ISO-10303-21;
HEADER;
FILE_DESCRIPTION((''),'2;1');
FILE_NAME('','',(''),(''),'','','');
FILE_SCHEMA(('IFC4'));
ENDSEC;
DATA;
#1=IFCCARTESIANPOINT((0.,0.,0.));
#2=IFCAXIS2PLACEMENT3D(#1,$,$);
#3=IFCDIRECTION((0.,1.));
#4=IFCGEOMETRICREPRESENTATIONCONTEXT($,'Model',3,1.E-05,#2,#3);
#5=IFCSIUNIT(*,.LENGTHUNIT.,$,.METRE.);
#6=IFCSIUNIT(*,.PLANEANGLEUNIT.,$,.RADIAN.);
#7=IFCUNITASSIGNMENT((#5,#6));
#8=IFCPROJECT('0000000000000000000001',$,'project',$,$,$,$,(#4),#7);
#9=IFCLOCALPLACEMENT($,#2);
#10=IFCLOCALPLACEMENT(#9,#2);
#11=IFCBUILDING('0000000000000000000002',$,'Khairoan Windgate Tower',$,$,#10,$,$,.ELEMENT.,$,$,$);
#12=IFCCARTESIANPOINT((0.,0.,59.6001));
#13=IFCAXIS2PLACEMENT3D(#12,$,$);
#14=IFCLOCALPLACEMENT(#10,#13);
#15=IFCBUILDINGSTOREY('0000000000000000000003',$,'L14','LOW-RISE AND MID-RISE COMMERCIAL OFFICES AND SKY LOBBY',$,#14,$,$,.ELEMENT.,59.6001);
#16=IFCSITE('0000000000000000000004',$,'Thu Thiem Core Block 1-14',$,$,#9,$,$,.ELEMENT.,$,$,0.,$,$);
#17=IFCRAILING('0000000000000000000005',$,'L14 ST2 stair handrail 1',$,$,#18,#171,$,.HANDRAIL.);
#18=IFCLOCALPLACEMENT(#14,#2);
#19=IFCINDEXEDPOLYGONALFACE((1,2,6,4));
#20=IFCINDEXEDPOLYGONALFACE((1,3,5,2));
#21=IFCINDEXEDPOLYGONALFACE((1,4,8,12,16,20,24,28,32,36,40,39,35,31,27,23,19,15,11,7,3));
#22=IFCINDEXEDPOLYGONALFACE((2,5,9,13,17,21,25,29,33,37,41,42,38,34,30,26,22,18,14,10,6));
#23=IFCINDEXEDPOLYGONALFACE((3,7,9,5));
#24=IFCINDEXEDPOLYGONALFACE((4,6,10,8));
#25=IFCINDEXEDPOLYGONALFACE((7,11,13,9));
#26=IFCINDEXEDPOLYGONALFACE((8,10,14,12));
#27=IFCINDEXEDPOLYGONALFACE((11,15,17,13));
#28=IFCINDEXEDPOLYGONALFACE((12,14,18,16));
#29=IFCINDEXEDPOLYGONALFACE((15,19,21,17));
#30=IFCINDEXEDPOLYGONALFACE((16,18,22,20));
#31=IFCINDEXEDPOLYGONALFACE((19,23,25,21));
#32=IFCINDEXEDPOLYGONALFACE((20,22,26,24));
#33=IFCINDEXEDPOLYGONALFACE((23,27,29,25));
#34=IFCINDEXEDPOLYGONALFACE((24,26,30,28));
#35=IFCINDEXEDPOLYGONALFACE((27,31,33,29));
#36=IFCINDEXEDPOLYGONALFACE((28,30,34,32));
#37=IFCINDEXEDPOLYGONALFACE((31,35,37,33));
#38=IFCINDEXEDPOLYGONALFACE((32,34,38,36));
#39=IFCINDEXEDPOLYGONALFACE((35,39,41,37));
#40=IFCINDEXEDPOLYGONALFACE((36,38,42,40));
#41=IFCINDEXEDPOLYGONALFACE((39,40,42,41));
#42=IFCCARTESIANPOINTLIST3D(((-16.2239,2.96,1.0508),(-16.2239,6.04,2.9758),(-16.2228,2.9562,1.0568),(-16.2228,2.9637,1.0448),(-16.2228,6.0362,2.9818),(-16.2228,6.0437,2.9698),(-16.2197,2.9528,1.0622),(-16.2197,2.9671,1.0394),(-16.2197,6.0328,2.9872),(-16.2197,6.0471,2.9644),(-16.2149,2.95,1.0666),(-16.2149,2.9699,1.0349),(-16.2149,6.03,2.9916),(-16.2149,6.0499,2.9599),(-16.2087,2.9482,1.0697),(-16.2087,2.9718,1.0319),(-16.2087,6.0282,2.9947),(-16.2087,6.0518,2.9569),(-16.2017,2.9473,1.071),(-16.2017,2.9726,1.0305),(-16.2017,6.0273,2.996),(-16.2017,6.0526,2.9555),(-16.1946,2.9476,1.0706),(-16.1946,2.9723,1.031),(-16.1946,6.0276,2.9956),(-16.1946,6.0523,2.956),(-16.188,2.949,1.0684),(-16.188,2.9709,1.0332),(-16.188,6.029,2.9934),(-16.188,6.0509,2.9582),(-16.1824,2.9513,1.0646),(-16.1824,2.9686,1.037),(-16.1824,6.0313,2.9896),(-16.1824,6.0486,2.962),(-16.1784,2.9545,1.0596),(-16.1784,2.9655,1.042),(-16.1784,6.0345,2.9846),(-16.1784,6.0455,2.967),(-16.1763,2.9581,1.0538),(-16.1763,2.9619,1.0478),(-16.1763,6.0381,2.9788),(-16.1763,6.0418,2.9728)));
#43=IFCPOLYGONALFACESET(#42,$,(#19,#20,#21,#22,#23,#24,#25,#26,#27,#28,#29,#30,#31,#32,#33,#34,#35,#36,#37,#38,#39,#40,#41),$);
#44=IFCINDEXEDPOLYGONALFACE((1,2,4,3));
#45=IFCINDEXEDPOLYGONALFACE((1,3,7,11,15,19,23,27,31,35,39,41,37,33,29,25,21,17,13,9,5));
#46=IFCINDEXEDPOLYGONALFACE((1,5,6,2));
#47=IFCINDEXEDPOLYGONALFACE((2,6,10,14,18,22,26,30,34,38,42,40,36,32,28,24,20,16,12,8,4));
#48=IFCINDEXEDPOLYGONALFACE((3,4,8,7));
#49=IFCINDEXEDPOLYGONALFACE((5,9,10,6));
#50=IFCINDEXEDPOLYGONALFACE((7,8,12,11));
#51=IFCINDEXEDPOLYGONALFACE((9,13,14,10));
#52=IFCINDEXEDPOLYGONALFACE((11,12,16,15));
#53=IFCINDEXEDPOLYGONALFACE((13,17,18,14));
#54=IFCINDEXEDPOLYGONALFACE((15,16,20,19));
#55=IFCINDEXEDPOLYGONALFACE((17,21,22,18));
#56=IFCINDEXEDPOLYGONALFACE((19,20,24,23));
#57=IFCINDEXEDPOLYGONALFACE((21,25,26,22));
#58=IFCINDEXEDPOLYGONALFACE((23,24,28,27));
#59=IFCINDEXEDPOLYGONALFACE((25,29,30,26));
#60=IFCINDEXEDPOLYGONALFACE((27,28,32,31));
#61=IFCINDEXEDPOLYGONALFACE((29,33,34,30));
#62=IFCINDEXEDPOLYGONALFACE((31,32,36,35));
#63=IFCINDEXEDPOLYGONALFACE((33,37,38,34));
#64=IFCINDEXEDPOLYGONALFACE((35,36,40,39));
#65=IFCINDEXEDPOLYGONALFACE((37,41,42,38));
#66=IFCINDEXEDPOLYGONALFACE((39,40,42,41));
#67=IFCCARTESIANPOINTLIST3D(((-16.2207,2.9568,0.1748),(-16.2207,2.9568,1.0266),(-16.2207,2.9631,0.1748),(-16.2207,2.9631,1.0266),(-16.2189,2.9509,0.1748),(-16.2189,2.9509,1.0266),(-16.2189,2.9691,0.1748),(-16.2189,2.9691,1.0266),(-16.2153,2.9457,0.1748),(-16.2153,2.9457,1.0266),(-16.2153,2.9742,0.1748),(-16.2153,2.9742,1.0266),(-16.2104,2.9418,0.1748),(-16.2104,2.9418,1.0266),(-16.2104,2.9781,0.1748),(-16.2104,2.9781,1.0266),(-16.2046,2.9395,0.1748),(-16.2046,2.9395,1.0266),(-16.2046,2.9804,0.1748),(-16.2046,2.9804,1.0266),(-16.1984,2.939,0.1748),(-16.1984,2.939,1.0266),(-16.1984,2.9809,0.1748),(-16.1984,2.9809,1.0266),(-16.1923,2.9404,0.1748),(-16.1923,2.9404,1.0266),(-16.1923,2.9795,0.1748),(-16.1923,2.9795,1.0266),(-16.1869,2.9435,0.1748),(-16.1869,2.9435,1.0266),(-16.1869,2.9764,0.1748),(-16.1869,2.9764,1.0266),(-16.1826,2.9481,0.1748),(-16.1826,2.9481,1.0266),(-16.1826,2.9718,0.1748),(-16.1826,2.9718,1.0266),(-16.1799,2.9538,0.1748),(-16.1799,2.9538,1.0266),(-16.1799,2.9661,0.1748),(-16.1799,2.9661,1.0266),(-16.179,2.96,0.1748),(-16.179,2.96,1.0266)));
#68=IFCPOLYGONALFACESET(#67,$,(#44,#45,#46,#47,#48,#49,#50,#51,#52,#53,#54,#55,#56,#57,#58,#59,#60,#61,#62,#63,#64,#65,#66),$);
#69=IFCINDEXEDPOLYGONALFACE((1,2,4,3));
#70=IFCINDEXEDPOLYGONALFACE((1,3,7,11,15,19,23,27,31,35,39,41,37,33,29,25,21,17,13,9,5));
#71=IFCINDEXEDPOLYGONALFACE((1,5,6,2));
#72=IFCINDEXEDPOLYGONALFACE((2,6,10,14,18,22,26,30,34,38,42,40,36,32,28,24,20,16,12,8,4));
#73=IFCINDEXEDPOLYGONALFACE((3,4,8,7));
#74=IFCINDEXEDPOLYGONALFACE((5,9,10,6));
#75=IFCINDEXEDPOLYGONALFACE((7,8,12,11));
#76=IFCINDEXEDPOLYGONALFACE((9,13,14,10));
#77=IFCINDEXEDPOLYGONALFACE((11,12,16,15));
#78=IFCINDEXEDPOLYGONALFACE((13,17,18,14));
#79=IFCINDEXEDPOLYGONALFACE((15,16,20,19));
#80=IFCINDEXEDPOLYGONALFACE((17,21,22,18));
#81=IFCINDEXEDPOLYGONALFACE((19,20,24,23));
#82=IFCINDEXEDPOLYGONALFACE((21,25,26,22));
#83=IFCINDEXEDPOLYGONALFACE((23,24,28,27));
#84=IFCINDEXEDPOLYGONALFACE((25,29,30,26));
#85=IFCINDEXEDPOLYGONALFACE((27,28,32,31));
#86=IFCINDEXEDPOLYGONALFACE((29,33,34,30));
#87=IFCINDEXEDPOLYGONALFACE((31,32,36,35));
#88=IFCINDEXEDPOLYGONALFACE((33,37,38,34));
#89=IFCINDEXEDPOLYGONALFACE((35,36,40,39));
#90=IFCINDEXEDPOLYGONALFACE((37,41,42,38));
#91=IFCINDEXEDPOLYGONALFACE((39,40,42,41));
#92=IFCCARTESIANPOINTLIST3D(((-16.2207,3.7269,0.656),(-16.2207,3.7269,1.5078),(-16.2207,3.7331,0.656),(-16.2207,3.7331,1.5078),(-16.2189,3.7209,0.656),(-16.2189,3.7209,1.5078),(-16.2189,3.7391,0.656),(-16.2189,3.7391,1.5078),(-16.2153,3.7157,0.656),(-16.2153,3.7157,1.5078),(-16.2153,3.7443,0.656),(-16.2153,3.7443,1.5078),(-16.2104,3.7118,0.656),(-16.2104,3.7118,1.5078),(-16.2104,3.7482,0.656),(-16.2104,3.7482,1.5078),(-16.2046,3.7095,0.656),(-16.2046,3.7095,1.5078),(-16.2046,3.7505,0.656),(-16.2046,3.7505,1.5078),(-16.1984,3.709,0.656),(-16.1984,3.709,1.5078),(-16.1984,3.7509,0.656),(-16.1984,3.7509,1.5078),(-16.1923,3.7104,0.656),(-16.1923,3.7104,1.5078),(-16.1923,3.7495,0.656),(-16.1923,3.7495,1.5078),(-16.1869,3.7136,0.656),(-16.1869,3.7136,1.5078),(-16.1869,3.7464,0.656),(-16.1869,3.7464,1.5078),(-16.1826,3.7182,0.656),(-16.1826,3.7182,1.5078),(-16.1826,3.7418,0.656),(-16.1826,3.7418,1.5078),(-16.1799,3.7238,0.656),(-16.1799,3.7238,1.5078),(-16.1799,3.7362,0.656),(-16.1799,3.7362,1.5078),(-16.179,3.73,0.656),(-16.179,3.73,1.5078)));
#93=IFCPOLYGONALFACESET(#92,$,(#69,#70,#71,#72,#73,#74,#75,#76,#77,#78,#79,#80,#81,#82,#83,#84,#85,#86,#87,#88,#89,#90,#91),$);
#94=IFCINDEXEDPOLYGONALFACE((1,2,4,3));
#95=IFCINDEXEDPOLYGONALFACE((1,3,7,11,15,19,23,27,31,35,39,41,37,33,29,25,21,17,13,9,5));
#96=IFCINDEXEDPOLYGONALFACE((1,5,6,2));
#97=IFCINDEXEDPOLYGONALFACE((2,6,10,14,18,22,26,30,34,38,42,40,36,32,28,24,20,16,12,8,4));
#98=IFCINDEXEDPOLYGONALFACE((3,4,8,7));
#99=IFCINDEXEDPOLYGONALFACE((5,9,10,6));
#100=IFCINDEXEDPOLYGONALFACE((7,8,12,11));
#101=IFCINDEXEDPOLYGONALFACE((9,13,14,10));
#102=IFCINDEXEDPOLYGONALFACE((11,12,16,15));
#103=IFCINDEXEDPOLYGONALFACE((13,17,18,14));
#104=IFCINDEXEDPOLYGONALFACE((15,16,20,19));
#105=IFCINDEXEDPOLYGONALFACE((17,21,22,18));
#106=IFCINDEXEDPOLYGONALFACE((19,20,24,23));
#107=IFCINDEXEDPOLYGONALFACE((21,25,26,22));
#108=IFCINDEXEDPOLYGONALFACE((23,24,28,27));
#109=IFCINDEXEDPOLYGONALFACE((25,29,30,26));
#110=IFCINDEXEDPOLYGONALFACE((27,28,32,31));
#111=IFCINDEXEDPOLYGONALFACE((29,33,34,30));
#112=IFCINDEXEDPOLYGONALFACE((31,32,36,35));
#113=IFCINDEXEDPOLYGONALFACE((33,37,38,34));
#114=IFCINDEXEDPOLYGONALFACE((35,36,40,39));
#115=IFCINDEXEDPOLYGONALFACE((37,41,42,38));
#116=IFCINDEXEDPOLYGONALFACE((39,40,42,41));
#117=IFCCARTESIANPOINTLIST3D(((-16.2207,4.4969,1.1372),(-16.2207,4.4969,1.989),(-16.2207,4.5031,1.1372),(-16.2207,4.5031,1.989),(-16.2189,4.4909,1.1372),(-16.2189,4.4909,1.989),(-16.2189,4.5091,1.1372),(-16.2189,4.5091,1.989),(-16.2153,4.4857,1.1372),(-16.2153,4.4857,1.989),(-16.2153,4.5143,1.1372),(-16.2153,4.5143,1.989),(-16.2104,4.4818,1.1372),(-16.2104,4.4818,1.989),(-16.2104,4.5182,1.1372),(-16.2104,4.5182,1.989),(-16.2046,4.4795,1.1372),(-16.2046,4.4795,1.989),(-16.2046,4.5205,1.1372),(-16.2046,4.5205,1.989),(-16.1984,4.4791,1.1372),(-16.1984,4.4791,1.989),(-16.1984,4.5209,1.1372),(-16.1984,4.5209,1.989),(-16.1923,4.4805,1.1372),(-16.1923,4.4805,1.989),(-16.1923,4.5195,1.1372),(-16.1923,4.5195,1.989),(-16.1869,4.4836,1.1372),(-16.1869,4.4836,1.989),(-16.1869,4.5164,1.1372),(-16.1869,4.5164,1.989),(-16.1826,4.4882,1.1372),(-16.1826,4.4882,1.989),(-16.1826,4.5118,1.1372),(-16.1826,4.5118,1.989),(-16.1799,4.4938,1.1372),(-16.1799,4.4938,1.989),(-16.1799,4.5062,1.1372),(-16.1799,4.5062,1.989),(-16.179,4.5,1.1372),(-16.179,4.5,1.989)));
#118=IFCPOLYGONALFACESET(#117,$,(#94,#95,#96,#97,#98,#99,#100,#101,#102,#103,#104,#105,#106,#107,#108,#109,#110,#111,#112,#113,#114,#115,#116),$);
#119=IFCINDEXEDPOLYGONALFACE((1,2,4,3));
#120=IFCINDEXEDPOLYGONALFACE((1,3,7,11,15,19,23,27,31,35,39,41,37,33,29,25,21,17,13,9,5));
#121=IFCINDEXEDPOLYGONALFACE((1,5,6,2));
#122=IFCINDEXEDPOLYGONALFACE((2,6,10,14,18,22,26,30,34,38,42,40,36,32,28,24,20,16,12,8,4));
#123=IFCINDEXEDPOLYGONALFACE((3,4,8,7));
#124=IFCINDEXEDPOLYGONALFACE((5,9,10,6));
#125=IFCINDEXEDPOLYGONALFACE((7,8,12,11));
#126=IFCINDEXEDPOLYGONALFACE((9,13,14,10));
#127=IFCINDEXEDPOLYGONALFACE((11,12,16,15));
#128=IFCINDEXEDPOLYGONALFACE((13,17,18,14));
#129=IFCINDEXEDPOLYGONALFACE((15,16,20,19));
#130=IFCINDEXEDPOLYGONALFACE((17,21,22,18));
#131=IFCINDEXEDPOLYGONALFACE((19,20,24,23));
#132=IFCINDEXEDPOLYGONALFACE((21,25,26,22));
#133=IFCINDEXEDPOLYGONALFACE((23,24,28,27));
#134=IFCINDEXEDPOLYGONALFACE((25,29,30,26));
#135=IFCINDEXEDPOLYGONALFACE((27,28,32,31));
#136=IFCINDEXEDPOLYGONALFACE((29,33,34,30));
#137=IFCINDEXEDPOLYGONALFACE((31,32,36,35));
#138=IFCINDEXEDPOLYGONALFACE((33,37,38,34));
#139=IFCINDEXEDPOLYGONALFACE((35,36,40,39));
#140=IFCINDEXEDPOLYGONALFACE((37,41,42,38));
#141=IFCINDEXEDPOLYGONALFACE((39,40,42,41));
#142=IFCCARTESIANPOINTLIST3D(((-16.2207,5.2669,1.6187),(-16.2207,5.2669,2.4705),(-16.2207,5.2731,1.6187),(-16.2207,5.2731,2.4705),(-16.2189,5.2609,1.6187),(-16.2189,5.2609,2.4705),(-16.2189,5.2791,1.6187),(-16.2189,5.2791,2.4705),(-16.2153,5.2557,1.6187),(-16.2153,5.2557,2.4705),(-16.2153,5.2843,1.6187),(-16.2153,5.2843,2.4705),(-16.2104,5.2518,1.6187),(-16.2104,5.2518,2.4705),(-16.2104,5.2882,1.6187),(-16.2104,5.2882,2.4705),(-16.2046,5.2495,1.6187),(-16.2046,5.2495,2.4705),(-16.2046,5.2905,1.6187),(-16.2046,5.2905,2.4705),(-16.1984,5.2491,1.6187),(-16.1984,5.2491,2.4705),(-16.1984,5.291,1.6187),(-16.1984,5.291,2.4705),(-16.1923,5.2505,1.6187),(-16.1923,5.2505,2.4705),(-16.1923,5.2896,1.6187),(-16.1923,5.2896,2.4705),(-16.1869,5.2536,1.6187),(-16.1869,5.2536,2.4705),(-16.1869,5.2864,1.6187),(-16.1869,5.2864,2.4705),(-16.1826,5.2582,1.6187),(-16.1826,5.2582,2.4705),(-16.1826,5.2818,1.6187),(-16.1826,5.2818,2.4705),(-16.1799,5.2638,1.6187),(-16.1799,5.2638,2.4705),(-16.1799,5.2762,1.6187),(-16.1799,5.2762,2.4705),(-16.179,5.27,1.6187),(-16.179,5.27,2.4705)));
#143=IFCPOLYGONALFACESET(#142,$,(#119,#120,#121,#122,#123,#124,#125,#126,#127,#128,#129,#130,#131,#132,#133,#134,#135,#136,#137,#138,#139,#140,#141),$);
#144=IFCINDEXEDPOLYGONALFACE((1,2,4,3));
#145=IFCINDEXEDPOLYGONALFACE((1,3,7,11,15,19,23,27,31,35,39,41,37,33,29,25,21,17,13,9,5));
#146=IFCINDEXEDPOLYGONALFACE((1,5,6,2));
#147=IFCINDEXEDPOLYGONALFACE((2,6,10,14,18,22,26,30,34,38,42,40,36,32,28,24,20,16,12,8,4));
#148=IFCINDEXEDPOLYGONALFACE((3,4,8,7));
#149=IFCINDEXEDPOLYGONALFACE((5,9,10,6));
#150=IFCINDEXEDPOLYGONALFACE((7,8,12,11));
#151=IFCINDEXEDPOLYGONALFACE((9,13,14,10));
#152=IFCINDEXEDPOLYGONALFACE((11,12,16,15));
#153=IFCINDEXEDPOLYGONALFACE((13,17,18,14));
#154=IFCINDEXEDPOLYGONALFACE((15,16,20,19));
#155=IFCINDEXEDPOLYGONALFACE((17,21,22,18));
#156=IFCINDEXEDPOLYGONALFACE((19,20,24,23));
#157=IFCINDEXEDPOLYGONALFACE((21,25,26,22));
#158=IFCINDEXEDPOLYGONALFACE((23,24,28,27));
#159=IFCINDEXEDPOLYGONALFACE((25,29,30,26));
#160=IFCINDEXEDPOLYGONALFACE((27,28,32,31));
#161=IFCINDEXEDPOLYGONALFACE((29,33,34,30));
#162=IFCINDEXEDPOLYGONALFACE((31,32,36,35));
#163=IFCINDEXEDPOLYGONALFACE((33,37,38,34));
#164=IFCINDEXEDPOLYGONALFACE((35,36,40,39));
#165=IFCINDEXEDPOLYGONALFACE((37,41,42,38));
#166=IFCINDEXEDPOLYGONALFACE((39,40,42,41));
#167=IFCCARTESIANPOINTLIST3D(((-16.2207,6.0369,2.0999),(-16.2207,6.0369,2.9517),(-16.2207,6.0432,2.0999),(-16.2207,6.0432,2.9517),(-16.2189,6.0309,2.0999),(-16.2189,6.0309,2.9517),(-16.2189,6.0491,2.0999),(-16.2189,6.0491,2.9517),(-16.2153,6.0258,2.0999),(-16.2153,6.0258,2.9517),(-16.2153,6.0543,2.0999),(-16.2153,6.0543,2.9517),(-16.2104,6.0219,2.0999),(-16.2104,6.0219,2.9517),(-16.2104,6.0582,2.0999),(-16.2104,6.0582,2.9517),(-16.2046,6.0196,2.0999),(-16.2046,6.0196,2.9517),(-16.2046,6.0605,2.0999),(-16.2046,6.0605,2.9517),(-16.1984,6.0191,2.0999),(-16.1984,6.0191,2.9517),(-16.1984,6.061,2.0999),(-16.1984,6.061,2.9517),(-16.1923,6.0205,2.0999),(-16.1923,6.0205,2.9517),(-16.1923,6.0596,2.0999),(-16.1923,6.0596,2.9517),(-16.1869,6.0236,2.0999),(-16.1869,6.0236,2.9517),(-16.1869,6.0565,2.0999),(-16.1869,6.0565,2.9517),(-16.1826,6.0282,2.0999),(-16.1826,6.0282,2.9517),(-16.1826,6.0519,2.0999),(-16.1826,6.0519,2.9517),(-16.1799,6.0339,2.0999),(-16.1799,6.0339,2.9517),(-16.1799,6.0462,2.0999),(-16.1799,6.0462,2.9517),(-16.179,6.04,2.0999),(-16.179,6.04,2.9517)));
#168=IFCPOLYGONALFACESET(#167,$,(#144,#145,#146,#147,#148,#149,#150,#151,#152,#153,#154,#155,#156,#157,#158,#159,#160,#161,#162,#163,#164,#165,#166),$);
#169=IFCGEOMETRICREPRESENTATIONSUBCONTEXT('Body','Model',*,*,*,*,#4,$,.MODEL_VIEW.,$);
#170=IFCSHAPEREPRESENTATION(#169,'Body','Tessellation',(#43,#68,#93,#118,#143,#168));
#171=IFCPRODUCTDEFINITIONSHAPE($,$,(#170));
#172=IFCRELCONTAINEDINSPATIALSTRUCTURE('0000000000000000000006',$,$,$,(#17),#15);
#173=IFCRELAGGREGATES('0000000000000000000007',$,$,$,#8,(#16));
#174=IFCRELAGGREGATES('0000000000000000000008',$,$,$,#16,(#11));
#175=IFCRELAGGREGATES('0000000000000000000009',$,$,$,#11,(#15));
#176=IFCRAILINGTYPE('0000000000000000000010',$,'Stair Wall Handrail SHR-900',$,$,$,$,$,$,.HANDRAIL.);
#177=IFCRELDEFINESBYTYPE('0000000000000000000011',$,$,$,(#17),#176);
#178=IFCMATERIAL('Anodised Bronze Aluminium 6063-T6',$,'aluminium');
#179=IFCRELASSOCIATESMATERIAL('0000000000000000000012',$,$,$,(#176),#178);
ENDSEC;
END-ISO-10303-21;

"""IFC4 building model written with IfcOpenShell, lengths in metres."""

from ifc_helpers import new_model, si_unit, direction, frame, origin, origin_2d, place, context, subcontext, project, spatial, circle, extrude, material, type_object, element, save


model = new_model("IFC4")

# Units and contexts
model_context = context("Model", 3, precision=1e-05, world=origin(), true_north=direction((0.0, 1.0)))
body_context = subcontext(model_context, "Body", "Model", "MODEL_VIEW")
ifc_project = project(units=[si_unit("LENGTHUNIT", "METRE"), si_unit("PLANEANGLEUNIT", "RADIAN")], contexts=[model_context])

# Site, building, storey
site_placement = place(None, origin())
site = spatial("IfcSite", under=ifc_project, at=site_placement, Name="Thu Thiem Core Block 1-14", CompositionType="ELEMENT", RefElevation=0.0)
building_placement = place(site_placement, origin())
building = spatial("IfcBuilding", under=site, at=building_placement, Name="Khairoan Windgate Tower", CompositionType="ELEMENT")
storey_placement = place(building_placement, frame((0.0, 0.0, 59.6001)))
storey = spatial("IfcBuildingStorey", under=building, at=storey_placement, Name="L14", Description="LOW-RISE AND MID-RISE COMMERCIAL OFFICES AND SKY LOBBY", CompositionType="ELEMENT", Elevation=59.6001)

# Railing
ifc_material_1 = material(Name="Anodised Bronze Aluminium 6063-T6", Category="aluminium")
railing_type_1 = type_object("IfcRailingType", Name="Stair Wall Handrail SHR-900", PredefinedType="HANDRAIL", material=ifc_material_1)
railing_1_placement = place(storey_placement, frame((-16.2, 2.96, 0.1748)))
element("IfcRailing", 1, at=railing_1_placement, inside=storey, type_object=railing_type_1, Name="L14 ST2 stair handrail 1", PredefinedType="HANDRAIL", context=body_context, shape_type="SweptSolid", body=[
    extrude(circle(Radius=0.0239, at=origin_2d()), frame((0.0, 0.0, 0.876), z_axis=(0.0, 0.847998, 0.529999), x_axis=(-1.0, 0.0, 0.0)), (0.0, 0.0, 1.0), 3.6321),
    extrude(circle(Radius=0.021, at=origin_2d()), origin(), (0.0, 0.0, 1.0), 0.8518),
    extrude(circle(Radius=0.021, at=origin_2d()), frame((0.0, 0.77, 0.4812)), (0.0, 0.0, 1.0), 0.8518),
    extrude(circle(Radius=0.021, at=origin_2d()), frame((0.0, 1.54, 0.9624)), (0.0, 0.0, 1.0), 0.8518),
    extrude(circle(Radius=0.021, at=origin_2d()), frame((0.0, 2.3101, 1.4438)), (0.0, 0.0, 1.0), 0.8518),
    extrude(circle(Radius=0.021, at=origin_2d()), frame((0.0, 3.0801, 1.925)), (0.0, 0.0, 1.0), 0.8518),
])

save(model, "model.ifc")
